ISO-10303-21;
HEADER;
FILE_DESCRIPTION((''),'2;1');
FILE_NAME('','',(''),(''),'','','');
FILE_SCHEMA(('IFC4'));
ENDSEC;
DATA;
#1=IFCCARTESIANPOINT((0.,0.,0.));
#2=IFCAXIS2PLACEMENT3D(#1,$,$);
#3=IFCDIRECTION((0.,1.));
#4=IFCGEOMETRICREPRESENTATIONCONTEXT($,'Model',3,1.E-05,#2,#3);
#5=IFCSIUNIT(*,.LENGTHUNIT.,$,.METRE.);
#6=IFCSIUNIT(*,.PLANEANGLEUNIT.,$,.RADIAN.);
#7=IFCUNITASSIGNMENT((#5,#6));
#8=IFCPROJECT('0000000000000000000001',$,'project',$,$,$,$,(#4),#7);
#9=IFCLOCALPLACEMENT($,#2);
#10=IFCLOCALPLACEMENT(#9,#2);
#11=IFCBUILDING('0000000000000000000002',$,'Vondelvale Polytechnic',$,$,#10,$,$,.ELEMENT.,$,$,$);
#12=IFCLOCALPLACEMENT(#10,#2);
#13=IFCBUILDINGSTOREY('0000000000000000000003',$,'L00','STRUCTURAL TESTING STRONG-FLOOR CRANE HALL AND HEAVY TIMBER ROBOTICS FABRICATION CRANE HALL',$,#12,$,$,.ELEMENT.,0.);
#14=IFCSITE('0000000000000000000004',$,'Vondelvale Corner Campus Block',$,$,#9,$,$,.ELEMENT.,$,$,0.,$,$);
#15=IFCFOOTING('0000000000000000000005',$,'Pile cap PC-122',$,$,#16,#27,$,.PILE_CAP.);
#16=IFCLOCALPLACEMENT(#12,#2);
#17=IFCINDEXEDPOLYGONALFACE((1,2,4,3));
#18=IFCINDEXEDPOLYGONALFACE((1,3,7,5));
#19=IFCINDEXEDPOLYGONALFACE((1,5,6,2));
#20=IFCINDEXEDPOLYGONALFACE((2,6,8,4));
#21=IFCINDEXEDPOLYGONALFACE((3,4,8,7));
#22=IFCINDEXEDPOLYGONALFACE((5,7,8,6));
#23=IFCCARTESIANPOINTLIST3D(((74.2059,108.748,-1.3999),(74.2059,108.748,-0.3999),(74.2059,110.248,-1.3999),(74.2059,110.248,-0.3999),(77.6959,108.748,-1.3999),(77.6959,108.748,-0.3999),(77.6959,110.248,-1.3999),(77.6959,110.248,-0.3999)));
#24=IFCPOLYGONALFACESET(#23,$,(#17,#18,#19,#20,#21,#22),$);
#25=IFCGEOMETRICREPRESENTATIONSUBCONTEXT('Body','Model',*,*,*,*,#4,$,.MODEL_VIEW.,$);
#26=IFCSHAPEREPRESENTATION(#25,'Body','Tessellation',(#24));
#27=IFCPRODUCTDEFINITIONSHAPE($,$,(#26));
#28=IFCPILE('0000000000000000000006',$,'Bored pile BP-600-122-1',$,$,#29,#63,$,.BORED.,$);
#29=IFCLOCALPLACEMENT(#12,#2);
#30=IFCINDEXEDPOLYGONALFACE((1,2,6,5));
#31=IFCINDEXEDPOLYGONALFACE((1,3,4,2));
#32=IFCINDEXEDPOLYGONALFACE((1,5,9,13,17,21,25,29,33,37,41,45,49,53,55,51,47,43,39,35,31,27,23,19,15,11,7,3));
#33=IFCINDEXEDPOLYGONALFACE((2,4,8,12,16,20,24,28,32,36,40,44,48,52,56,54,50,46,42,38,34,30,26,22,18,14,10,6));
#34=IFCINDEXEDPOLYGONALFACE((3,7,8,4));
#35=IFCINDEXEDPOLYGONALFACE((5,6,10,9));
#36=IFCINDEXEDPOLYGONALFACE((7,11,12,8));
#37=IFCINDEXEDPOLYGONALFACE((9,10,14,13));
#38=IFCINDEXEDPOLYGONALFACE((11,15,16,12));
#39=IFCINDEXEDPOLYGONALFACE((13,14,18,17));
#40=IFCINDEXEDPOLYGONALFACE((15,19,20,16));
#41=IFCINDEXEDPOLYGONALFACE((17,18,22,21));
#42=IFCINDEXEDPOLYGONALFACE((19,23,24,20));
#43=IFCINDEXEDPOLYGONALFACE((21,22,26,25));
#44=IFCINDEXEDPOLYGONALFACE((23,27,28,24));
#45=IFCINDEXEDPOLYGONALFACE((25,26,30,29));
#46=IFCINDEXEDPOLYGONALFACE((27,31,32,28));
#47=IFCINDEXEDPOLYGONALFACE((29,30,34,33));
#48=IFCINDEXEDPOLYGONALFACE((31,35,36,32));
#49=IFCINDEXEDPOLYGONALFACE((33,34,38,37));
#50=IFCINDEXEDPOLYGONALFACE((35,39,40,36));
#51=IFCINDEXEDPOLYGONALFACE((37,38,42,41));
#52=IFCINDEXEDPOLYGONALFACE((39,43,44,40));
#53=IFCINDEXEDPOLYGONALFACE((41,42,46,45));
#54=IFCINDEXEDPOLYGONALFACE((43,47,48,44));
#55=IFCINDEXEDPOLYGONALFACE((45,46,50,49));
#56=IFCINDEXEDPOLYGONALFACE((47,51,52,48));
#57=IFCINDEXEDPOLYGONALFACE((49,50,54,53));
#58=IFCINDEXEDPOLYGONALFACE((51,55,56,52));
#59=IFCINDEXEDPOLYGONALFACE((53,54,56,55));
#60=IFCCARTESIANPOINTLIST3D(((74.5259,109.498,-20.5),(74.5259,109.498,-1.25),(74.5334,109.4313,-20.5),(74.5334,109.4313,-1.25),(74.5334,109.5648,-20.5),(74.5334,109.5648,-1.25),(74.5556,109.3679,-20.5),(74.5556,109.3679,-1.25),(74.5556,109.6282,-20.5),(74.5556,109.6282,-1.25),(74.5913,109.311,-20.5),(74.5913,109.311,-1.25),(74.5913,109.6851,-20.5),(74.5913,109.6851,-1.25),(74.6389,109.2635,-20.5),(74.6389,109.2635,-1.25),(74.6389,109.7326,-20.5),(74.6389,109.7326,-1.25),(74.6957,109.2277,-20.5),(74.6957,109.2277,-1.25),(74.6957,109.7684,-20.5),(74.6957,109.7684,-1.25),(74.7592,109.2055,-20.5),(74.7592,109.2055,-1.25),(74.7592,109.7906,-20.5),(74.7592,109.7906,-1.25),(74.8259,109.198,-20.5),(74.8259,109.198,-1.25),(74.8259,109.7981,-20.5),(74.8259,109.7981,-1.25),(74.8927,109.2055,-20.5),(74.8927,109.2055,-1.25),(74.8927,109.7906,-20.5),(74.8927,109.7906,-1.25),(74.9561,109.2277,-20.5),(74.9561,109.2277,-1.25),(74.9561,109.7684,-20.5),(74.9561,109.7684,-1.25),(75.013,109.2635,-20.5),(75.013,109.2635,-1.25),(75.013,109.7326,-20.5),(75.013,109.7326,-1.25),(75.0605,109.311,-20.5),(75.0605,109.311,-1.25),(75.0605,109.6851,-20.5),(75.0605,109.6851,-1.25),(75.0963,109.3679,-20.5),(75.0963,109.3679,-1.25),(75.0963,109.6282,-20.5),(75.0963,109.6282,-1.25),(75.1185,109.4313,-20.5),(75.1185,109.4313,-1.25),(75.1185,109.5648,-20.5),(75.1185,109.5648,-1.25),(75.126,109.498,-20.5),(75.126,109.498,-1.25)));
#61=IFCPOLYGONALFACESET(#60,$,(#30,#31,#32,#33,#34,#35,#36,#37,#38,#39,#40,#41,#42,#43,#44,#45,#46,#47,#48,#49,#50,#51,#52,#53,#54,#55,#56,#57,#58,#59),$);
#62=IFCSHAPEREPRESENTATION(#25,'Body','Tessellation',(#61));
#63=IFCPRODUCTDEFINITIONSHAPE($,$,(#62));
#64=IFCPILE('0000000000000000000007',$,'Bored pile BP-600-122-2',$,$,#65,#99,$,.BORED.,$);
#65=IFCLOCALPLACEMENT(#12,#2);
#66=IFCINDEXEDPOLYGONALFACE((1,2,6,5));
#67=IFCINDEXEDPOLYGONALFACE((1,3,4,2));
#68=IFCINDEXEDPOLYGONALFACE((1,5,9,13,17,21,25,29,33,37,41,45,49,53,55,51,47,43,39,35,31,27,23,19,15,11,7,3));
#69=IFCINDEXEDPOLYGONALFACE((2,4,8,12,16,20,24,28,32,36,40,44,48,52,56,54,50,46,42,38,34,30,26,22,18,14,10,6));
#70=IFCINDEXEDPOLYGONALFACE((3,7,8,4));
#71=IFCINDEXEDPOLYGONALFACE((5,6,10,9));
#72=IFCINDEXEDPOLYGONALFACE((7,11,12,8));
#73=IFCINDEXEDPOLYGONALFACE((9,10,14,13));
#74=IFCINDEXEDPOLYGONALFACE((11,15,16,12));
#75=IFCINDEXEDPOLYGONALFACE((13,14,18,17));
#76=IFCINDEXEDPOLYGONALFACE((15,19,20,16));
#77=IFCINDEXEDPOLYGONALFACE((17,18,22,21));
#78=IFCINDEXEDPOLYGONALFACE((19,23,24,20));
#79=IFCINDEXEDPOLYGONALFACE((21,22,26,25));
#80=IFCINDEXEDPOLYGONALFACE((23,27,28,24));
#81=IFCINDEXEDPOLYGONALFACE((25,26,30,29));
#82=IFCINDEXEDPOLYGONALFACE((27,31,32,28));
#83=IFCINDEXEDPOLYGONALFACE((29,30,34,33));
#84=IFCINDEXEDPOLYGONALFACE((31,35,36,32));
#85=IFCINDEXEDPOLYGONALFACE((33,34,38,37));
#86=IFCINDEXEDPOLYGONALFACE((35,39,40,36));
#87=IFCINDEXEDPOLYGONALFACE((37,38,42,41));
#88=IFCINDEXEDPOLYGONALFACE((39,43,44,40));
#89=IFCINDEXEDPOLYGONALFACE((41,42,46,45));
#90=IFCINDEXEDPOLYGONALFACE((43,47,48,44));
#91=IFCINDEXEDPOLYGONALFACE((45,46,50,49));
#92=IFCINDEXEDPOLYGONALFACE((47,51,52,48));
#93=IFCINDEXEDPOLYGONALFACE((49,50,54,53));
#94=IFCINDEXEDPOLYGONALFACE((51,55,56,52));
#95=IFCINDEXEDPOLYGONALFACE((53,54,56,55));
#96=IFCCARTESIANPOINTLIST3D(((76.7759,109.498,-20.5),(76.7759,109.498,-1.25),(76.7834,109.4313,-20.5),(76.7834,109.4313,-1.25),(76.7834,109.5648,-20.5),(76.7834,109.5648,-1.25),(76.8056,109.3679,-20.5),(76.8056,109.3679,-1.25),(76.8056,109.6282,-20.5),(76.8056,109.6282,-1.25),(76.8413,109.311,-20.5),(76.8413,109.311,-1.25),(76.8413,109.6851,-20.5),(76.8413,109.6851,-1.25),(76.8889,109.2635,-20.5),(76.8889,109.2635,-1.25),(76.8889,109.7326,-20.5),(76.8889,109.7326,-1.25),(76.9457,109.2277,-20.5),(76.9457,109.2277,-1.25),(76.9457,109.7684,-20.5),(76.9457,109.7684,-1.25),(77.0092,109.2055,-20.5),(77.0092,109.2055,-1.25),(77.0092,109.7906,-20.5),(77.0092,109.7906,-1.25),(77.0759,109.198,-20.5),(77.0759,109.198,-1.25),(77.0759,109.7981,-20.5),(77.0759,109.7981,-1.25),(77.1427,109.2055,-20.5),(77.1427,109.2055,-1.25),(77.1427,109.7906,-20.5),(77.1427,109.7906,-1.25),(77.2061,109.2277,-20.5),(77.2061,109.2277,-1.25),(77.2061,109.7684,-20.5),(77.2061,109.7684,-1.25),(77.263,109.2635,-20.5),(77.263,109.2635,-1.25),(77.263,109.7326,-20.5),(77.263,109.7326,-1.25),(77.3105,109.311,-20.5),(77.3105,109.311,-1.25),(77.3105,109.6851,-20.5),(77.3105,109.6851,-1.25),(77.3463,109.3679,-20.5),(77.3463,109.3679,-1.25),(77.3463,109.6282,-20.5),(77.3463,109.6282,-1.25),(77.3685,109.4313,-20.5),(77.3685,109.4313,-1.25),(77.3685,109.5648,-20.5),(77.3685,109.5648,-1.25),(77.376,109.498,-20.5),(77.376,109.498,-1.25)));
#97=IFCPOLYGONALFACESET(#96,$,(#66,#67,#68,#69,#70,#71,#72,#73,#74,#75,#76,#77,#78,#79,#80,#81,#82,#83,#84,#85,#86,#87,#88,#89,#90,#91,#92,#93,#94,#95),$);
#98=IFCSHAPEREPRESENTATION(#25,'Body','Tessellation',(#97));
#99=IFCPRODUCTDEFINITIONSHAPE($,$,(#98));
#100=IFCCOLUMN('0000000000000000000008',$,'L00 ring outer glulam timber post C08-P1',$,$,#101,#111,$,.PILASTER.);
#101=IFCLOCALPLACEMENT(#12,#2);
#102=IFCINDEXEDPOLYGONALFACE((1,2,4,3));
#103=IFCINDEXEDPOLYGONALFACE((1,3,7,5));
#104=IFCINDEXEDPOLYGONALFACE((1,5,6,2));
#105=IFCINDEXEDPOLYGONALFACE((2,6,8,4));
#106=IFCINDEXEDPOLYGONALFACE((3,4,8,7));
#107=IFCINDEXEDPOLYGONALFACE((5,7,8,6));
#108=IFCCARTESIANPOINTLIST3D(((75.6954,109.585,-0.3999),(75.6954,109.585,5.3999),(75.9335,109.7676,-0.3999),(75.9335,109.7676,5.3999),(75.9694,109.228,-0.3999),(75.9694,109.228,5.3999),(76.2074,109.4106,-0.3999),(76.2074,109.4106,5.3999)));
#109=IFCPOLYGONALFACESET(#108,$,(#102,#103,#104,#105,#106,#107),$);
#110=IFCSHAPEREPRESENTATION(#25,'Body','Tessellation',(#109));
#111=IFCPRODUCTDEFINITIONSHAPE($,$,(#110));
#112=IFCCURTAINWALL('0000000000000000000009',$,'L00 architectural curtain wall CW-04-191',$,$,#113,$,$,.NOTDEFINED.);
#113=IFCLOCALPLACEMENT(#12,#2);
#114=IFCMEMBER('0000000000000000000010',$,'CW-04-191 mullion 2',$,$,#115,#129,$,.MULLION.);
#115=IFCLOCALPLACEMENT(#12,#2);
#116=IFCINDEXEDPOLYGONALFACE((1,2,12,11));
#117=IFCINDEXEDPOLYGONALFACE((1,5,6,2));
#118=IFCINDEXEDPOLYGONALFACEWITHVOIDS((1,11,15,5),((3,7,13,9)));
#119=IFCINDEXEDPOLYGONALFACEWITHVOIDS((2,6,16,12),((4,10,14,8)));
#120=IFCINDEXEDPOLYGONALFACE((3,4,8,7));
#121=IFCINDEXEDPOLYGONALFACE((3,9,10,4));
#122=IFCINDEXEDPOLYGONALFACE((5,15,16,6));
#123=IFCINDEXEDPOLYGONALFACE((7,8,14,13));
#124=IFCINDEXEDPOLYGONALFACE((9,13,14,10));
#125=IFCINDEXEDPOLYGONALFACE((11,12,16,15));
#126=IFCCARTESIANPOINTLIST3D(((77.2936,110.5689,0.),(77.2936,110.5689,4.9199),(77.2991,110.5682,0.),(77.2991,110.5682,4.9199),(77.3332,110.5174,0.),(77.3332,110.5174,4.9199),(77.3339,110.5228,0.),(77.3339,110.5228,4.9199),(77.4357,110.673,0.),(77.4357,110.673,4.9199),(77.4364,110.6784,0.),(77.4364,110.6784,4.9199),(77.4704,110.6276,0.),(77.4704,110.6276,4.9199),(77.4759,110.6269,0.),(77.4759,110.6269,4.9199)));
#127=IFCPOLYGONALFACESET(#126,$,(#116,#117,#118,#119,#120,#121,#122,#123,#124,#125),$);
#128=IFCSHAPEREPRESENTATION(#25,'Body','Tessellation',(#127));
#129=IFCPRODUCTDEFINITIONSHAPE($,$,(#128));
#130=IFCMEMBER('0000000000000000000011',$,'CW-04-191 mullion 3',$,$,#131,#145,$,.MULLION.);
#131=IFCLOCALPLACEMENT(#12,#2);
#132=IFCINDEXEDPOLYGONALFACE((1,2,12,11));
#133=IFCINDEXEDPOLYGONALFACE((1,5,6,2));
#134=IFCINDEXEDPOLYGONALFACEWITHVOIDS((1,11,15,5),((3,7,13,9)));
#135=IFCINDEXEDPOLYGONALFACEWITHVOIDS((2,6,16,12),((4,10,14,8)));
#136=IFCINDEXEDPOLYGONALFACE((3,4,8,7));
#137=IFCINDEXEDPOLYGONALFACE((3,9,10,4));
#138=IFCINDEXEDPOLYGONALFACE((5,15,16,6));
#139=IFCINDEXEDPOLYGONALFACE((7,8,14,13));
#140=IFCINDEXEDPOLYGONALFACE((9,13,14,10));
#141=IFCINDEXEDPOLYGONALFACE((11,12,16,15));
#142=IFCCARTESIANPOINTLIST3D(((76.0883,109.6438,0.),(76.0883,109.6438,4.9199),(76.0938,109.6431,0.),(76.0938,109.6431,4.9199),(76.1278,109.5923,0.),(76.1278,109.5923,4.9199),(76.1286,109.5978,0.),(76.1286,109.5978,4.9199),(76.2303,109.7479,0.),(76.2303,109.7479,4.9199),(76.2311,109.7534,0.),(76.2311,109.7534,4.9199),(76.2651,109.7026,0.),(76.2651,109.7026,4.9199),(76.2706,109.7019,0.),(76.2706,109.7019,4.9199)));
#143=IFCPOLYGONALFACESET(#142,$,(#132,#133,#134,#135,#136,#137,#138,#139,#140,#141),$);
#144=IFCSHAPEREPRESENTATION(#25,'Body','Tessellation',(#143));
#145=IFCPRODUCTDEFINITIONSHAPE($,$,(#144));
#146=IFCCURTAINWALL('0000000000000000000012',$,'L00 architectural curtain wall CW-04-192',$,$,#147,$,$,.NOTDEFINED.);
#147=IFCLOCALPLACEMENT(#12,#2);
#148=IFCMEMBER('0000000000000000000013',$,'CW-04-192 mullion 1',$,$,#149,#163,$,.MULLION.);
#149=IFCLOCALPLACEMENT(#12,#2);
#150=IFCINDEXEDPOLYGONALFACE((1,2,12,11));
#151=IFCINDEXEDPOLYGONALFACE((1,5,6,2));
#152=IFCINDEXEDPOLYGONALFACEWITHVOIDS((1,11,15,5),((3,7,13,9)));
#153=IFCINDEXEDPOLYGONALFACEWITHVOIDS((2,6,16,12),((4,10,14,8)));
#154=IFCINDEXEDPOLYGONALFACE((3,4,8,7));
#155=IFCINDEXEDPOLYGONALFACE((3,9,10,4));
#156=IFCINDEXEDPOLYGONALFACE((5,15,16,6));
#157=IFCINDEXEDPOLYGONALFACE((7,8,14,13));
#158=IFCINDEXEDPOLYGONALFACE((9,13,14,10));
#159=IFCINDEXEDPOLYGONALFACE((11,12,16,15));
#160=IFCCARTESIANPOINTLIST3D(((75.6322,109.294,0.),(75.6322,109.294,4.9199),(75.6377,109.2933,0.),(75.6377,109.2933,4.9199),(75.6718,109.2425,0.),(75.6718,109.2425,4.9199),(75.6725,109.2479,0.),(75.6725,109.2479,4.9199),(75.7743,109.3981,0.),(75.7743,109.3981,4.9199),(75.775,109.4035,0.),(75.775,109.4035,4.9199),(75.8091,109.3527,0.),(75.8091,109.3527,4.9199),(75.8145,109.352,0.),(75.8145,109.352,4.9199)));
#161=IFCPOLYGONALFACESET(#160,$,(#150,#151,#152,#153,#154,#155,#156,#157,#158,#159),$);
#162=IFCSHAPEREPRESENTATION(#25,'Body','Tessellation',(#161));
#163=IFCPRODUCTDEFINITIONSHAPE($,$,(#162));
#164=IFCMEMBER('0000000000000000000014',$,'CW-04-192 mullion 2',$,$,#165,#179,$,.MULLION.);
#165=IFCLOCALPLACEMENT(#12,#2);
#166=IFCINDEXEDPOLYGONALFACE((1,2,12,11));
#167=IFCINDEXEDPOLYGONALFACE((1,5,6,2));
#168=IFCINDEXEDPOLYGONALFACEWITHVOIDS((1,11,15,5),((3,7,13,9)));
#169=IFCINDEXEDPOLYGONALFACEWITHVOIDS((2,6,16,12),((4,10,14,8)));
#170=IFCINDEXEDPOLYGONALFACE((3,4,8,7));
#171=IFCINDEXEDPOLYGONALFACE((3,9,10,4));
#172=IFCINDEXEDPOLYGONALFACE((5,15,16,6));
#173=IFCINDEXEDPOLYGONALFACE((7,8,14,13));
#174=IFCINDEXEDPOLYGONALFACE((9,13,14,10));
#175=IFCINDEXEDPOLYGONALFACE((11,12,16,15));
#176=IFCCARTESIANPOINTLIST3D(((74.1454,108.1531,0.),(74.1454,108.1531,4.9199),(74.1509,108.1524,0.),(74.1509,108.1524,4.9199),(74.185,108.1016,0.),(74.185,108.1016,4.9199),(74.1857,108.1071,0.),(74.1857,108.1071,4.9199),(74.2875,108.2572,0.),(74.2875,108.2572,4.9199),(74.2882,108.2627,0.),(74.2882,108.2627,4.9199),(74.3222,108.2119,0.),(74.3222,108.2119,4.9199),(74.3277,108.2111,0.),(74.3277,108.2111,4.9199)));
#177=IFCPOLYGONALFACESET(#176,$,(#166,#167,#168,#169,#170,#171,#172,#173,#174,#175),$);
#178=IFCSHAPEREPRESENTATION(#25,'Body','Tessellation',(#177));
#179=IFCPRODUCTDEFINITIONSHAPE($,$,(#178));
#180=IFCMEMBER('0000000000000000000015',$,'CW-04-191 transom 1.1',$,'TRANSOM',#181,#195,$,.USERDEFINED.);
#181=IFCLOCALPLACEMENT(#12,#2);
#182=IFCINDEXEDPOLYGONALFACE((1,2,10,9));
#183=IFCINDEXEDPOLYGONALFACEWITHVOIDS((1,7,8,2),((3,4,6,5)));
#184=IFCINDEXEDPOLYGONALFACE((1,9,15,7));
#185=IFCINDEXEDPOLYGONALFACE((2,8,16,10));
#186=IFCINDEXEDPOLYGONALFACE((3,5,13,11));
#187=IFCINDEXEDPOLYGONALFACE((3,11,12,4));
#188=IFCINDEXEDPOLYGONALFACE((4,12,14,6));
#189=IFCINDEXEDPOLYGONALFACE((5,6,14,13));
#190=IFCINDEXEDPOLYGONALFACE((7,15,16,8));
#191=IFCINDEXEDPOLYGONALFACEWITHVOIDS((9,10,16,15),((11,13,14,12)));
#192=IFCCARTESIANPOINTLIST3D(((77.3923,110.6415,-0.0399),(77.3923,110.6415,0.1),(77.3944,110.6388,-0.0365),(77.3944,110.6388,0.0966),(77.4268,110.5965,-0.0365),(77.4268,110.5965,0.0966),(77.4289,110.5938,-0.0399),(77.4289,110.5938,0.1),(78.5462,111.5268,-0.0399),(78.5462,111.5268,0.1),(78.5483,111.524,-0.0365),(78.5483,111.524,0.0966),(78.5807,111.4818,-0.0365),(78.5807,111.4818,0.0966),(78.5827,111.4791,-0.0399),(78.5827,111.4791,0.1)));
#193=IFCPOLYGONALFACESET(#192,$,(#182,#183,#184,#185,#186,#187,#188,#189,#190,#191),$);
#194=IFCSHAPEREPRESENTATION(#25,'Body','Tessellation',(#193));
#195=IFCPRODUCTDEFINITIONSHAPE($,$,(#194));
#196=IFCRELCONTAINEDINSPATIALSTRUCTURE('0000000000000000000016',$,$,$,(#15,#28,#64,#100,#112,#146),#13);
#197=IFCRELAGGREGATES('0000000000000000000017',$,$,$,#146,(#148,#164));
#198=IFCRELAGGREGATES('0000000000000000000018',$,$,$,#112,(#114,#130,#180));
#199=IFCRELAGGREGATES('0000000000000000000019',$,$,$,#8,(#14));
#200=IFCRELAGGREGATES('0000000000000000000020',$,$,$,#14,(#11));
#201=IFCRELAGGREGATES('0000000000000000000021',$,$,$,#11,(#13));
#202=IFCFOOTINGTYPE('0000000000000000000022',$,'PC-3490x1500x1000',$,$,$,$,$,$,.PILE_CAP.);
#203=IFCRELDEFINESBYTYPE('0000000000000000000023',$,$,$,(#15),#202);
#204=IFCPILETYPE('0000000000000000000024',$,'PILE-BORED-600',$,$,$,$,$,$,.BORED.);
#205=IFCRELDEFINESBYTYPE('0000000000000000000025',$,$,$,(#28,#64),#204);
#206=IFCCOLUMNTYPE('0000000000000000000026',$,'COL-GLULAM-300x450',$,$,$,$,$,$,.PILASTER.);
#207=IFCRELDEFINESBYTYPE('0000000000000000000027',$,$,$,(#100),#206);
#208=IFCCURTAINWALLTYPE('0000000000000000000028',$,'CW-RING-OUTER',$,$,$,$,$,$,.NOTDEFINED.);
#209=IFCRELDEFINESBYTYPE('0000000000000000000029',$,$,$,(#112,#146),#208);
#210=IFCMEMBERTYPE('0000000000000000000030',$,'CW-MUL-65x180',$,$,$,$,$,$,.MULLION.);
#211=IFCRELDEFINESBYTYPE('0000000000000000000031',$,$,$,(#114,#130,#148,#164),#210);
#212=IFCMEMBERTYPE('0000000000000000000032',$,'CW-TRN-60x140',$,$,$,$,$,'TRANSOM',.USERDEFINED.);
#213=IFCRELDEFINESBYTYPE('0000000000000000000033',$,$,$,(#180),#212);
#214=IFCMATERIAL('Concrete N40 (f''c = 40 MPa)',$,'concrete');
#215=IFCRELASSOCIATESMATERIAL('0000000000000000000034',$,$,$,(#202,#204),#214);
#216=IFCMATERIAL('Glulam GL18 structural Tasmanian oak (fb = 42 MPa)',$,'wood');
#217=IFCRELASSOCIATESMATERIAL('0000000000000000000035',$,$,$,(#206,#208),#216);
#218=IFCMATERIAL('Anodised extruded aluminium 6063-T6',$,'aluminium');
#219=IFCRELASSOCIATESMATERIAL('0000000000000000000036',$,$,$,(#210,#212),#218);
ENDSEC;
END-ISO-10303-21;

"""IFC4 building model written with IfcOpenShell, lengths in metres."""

from ifc_helpers import new_model, si_unit, direction, frame, origin, origin_2d, place, context, subcontext, project, spatial, rectangle, hollow_rectangle, circle, extrude, material, material_profile, profile_set, type_object, element, aggregate, save


model = new_model("IFC4")

# Units and contexts
model_context = context("Model", 3, precision=1e-05, world=origin(), true_north=direction((0.0, 1.0)))
body_context = subcontext(model_context, "Body", "Model", "MODEL_VIEW")
ifc_project = project(units=[si_unit("LENGTHUNIT", "METRE"), si_unit("PLANEANGLEUNIT", "RADIAN")], contexts=[model_context])

# Site, building, storey
site_placement = place(None, origin())
site = spatial("IfcSite", under=ifc_project, at=site_placement, Name="Vondelvale Corner Campus Block", CompositionType="ELEMENT", RefElevation=0.0)
building_placement = place(site_placement, origin())
building = spatial("IfcBuilding", under=site, at=building_placement, Name="Vondelvale Polytechnic", CompositionType="ELEMENT")
storey_placement = place(building_placement, origin())
storey = spatial("IfcBuildingStorey", under=building, at=storey_placement, Name="L00", Description="STRUCTURAL TESTING STRONG-FLOOR CRANE HALL AND HEAVY TIMBER ROBOTICS FABRICATION CRANE HALL", CompositionType="ELEMENT", Elevation=0.0)

# Footing
ifc_material_1 = material(Name="Concrete N40 (f'c = 40 MPa)", Category="concrete")
footing_type = type_object("IfcFootingType", Name="PC-3490x1500x1000", PredefinedType="PILE_CAP", material=ifc_material_1)
footing_placement = place(storey_placement, frame((75.9509, 109.498, -1.3999), z_axis=(0.0, 0.0, 1.0), x_axis=(1.0, 0.0, 0.0)))
element("IfcFooting", 1, at=footing_placement, inside=storey, type_object=footing_type, Name="Pile cap PC-122", PredefinedType="PILE_CAP", context=body_context, shape_type="SweptSolid", body=[
    extrude(rectangle(XDim=3.49, YDim=1.5, at=origin_2d()), origin(), (0.0, 0.0, 1.0), 1.0),
])

# Piles
ifc_material_profile_1 = material_profile(ifc_material_1, circle(Radius=0.3, at=origin_2d()), Name="PILE-D600")
ifc_profile_set_1 = profile_set([ifc_material_profile_1], Name="Concrete N40 (f'c = 40 MPa)")
pile_type = type_object("IfcPileType", Name="PILE-BORED-600", PredefinedType="BORED", material=ifc_profile_set_1)
for number, where, z_axis, x_axis, name in (
    (2, (74.8259, 109.498, -1.25), (0.0, 0.0, -1.0), (1.0, 0.0, 0.0), "Bored pile BP-600-122-1"),
    (3, (77.0759, 109.498, -1.25), (0.0, 0.0, -1.0), (1.0, 0.0, 0.0), "Bored pile BP-600-122-2"),
):
    element("IfcPile", number, at=place(storey_placement, frame(where, z_axis=z_axis, x_axis=x_axis)), inside=storey, type_object=pile_type, Name=name, PredefinedType="BORED", context=body_context, shape_type="SweptSolid", body=[
        extrude(circle(Radius=0.3, at=origin_2d()), origin(), (0.0, 0.0, 1.0), 19.25),
    ])

# Column
ifc_material_2 = material(Name="Glulam GL18 structural Tasmanian oak (fb = 42 MPa)", Category="wood")
ifc_material_profile_2 = material_profile(ifc_material_2, rectangle(XDim=0.3, YDim=0.45, at=origin_2d()), Name="GL-POST-300x450")
ifc_profile_set_2 = profile_set([ifc_material_profile_2], Name="Glulam GL18 structural Tasmanian oak (fb = 42 MPa)")
column_type = type_object("IfcColumnType", Name="COL-GLULAM-300x450", PredefinedType="PILASTER", material=ifc_profile_set_2)
column_placement = place(storey_placement, frame((75.9514, 109.4978, -0.3999), z_axis=(0.0, 0.0, 1.0), x_axis=(0.793353, 0.608761, 0.0)))
element("IfcColumn", 4, at=column_placement, inside=storey, type_object=column_type, Name="L00 ring outer glulam timber post C08-P1", PredefinedType="PILASTER", context=body_context, shape_type="SweptSolid", body=[
    extrude(rectangle(XDim=0.3, YDim=0.45, at=origin_2d()), origin(), (0.0, 0.0, 1.0), 5.7998),
])

# Curtain walls, members
curtain_wall_type = type_object("IfcCurtainWallType", Name="CW-RING-OUTER", PredefinedType="NOTDEFINED", material=ifc_material_2)
curtain_wall_1_placement = place(storey_placement, origin())
curtain_wall_1 = element("IfcCurtainWall", 5, at=curtain_wall_1_placement, inside=storey, type_object=curtain_wall_type, Name="L00 architectural curtain wall CW-04-191", PredefinedType="NOTDEFINED")
ifc_material_3 = material(Name="Anodised extruded aluminium 6063-T6", Category="aluminium")
ifc_material_profile_3 = material_profile(ifc_material_3, hollow_rectangle(XDim=0.0649, YDim=0.1799, WallThickness=0.0039, at=origin_2d()), Name="CW-MUL-180x65")
ifc_profile_set_3 = profile_set([ifc_material_profile_3], Name="Anodised extruded aluminium 6063-T6")
member_type_1 = type_object("IfcMemberType", Name="CW-MUL-65x180", PredefinedType="MULLION", material=ifc_profile_set_3)
member_1_placement = place(storey_placement, frame((77.3848, 110.5979, 0.0), z_axis=(0.0, 0.0, 1.0), x_axis=(0.608764, -0.793352, 0.0)))
member_1 = element("IfcMember", 6, at=member_1_placement, type_object=member_type_1, Name="CW-04-191 mullion 2", PredefinedType="MULLION", context=body_context, shape_type="SweptSolid", body=[
    extrude(hollow_rectangle(XDim=0.0649, YDim=0.1799, WallThickness=0.0039, at=origin_2d()), origin(), (0.0, 0.0, 1.0), 4.9199),
])
member_2_placement = place(storey_placement, frame((76.1794, 109.6729, 0.0), z_axis=(0.0, 0.0, 1.0), x_axis=(0.608764, -0.793352, 0.0)))
member_2 = element("IfcMember", 7, at=member_2_placement, type_object=member_type_1, Name="CW-04-191 mullion 3", PredefinedType="MULLION", context=body_context, shape_type="SweptSolid", body=[
    extrude(hollow_rectangle(XDim=0.0649, YDim=0.1799, WallThickness=0.0039, at=origin_2d()), origin(), (0.0, 0.0, 1.0), 4.9199),
])
curtain_wall_2_placement = place(storey_placement, origin())
curtain_wall_2 = element("IfcCurtainWall", 8, at=curtain_wall_2_placement, inside=storey, type_object=curtain_wall_type, Name="L00 architectural curtain wall CW-04-192", PredefinedType="NOTDEFINED")
member_3_placement = place(storey_placement, frame((75.7234, 109.323, 0.0), z_axis=(0.0, 0.0, 1.0), x_axis=(0.608771, -0.793346, 0.0)))
member_3 = element("IfcMember", 9, at=member_3_placement, type_object=member_type_1, Name="CW-04-192 mullion 1", PredefinedType="MULLION", context=body_context, shape_type="SweptSolid", body=[
    extrude(hollow_rectangle(XDim=0.0649, YDim=0.1799, WallThickness=0.0039, at=origin_2d()), origin(), (0.0, 0.0, 1.0), 4.9199),
])
member_4_placement = place(storey_placement, frame((74.2366, 108.1821, 0.0), z_axis=(0.0, 0.0, 1.0), x_axis=(0.608771, -0.793346, 0.0)))
member_4 = element("IfcMember", 10, at=member_4_placement, type_object=member_type_1, Name="CW-04-192 mullion 2", PredefinedType="MULLION", context=body_context, shape_type="SweptSolid", body=[
    extrude(hollow_rectangle(XDim=0.0649, YDim=0.1799, WallThickness=0.0039, at=origin_2d()), origin(), (0.0, 0.0, 1.0), 4.9199),
])

# Member
ifc_material_profile_4 = material_profile(ifc_material_3, hollow_rectangle(XDim=0.0601, YDim=0.1399, WallThickness=0.0034, at=origin_2d()), Name="CW-TRN-140x60")
ifc_profile_set_4 = profile_set([ifc_material_profile_4], Name="Anodised extruded aluminium 6063-T6")
member_type_2 = type_object("IfcMemberType", Name="CW-TRN-60x140", ElementType="TRANSOM", PredefinedType="USERDEFINED", material=ifc_profile_set_4)
member_5_placement = place(storey_placement, frame((78.5645, 111.5029, 0.03), z_axis=(-0.793385, -0.608721, 0.0), x_axis=(0.608721, -0.793385, 0.0)))
member_5 = element("IfcMember", 11, at=member_5_placement, type_object=member_type_2, Name="CW-04-191 transom 1.1", ObjectType="TRANSOM", PredefinedType="USERDEFINED", context=body_context, shape_type="SweptSolid", body=[
    extrude(hollow_rectangle(XDim=0.0601, YDim=0.1399, WallThickness=0.0034, at=origin_2d()), origin(), (0.0, 0.0, 1.0), 1.4543),
])

aggregate(curtain_wall_2, [member_3, member_4])
aggregate(curtain_wall_1, [member_1, member_2, member_5])

save(model, "model.ifc")
